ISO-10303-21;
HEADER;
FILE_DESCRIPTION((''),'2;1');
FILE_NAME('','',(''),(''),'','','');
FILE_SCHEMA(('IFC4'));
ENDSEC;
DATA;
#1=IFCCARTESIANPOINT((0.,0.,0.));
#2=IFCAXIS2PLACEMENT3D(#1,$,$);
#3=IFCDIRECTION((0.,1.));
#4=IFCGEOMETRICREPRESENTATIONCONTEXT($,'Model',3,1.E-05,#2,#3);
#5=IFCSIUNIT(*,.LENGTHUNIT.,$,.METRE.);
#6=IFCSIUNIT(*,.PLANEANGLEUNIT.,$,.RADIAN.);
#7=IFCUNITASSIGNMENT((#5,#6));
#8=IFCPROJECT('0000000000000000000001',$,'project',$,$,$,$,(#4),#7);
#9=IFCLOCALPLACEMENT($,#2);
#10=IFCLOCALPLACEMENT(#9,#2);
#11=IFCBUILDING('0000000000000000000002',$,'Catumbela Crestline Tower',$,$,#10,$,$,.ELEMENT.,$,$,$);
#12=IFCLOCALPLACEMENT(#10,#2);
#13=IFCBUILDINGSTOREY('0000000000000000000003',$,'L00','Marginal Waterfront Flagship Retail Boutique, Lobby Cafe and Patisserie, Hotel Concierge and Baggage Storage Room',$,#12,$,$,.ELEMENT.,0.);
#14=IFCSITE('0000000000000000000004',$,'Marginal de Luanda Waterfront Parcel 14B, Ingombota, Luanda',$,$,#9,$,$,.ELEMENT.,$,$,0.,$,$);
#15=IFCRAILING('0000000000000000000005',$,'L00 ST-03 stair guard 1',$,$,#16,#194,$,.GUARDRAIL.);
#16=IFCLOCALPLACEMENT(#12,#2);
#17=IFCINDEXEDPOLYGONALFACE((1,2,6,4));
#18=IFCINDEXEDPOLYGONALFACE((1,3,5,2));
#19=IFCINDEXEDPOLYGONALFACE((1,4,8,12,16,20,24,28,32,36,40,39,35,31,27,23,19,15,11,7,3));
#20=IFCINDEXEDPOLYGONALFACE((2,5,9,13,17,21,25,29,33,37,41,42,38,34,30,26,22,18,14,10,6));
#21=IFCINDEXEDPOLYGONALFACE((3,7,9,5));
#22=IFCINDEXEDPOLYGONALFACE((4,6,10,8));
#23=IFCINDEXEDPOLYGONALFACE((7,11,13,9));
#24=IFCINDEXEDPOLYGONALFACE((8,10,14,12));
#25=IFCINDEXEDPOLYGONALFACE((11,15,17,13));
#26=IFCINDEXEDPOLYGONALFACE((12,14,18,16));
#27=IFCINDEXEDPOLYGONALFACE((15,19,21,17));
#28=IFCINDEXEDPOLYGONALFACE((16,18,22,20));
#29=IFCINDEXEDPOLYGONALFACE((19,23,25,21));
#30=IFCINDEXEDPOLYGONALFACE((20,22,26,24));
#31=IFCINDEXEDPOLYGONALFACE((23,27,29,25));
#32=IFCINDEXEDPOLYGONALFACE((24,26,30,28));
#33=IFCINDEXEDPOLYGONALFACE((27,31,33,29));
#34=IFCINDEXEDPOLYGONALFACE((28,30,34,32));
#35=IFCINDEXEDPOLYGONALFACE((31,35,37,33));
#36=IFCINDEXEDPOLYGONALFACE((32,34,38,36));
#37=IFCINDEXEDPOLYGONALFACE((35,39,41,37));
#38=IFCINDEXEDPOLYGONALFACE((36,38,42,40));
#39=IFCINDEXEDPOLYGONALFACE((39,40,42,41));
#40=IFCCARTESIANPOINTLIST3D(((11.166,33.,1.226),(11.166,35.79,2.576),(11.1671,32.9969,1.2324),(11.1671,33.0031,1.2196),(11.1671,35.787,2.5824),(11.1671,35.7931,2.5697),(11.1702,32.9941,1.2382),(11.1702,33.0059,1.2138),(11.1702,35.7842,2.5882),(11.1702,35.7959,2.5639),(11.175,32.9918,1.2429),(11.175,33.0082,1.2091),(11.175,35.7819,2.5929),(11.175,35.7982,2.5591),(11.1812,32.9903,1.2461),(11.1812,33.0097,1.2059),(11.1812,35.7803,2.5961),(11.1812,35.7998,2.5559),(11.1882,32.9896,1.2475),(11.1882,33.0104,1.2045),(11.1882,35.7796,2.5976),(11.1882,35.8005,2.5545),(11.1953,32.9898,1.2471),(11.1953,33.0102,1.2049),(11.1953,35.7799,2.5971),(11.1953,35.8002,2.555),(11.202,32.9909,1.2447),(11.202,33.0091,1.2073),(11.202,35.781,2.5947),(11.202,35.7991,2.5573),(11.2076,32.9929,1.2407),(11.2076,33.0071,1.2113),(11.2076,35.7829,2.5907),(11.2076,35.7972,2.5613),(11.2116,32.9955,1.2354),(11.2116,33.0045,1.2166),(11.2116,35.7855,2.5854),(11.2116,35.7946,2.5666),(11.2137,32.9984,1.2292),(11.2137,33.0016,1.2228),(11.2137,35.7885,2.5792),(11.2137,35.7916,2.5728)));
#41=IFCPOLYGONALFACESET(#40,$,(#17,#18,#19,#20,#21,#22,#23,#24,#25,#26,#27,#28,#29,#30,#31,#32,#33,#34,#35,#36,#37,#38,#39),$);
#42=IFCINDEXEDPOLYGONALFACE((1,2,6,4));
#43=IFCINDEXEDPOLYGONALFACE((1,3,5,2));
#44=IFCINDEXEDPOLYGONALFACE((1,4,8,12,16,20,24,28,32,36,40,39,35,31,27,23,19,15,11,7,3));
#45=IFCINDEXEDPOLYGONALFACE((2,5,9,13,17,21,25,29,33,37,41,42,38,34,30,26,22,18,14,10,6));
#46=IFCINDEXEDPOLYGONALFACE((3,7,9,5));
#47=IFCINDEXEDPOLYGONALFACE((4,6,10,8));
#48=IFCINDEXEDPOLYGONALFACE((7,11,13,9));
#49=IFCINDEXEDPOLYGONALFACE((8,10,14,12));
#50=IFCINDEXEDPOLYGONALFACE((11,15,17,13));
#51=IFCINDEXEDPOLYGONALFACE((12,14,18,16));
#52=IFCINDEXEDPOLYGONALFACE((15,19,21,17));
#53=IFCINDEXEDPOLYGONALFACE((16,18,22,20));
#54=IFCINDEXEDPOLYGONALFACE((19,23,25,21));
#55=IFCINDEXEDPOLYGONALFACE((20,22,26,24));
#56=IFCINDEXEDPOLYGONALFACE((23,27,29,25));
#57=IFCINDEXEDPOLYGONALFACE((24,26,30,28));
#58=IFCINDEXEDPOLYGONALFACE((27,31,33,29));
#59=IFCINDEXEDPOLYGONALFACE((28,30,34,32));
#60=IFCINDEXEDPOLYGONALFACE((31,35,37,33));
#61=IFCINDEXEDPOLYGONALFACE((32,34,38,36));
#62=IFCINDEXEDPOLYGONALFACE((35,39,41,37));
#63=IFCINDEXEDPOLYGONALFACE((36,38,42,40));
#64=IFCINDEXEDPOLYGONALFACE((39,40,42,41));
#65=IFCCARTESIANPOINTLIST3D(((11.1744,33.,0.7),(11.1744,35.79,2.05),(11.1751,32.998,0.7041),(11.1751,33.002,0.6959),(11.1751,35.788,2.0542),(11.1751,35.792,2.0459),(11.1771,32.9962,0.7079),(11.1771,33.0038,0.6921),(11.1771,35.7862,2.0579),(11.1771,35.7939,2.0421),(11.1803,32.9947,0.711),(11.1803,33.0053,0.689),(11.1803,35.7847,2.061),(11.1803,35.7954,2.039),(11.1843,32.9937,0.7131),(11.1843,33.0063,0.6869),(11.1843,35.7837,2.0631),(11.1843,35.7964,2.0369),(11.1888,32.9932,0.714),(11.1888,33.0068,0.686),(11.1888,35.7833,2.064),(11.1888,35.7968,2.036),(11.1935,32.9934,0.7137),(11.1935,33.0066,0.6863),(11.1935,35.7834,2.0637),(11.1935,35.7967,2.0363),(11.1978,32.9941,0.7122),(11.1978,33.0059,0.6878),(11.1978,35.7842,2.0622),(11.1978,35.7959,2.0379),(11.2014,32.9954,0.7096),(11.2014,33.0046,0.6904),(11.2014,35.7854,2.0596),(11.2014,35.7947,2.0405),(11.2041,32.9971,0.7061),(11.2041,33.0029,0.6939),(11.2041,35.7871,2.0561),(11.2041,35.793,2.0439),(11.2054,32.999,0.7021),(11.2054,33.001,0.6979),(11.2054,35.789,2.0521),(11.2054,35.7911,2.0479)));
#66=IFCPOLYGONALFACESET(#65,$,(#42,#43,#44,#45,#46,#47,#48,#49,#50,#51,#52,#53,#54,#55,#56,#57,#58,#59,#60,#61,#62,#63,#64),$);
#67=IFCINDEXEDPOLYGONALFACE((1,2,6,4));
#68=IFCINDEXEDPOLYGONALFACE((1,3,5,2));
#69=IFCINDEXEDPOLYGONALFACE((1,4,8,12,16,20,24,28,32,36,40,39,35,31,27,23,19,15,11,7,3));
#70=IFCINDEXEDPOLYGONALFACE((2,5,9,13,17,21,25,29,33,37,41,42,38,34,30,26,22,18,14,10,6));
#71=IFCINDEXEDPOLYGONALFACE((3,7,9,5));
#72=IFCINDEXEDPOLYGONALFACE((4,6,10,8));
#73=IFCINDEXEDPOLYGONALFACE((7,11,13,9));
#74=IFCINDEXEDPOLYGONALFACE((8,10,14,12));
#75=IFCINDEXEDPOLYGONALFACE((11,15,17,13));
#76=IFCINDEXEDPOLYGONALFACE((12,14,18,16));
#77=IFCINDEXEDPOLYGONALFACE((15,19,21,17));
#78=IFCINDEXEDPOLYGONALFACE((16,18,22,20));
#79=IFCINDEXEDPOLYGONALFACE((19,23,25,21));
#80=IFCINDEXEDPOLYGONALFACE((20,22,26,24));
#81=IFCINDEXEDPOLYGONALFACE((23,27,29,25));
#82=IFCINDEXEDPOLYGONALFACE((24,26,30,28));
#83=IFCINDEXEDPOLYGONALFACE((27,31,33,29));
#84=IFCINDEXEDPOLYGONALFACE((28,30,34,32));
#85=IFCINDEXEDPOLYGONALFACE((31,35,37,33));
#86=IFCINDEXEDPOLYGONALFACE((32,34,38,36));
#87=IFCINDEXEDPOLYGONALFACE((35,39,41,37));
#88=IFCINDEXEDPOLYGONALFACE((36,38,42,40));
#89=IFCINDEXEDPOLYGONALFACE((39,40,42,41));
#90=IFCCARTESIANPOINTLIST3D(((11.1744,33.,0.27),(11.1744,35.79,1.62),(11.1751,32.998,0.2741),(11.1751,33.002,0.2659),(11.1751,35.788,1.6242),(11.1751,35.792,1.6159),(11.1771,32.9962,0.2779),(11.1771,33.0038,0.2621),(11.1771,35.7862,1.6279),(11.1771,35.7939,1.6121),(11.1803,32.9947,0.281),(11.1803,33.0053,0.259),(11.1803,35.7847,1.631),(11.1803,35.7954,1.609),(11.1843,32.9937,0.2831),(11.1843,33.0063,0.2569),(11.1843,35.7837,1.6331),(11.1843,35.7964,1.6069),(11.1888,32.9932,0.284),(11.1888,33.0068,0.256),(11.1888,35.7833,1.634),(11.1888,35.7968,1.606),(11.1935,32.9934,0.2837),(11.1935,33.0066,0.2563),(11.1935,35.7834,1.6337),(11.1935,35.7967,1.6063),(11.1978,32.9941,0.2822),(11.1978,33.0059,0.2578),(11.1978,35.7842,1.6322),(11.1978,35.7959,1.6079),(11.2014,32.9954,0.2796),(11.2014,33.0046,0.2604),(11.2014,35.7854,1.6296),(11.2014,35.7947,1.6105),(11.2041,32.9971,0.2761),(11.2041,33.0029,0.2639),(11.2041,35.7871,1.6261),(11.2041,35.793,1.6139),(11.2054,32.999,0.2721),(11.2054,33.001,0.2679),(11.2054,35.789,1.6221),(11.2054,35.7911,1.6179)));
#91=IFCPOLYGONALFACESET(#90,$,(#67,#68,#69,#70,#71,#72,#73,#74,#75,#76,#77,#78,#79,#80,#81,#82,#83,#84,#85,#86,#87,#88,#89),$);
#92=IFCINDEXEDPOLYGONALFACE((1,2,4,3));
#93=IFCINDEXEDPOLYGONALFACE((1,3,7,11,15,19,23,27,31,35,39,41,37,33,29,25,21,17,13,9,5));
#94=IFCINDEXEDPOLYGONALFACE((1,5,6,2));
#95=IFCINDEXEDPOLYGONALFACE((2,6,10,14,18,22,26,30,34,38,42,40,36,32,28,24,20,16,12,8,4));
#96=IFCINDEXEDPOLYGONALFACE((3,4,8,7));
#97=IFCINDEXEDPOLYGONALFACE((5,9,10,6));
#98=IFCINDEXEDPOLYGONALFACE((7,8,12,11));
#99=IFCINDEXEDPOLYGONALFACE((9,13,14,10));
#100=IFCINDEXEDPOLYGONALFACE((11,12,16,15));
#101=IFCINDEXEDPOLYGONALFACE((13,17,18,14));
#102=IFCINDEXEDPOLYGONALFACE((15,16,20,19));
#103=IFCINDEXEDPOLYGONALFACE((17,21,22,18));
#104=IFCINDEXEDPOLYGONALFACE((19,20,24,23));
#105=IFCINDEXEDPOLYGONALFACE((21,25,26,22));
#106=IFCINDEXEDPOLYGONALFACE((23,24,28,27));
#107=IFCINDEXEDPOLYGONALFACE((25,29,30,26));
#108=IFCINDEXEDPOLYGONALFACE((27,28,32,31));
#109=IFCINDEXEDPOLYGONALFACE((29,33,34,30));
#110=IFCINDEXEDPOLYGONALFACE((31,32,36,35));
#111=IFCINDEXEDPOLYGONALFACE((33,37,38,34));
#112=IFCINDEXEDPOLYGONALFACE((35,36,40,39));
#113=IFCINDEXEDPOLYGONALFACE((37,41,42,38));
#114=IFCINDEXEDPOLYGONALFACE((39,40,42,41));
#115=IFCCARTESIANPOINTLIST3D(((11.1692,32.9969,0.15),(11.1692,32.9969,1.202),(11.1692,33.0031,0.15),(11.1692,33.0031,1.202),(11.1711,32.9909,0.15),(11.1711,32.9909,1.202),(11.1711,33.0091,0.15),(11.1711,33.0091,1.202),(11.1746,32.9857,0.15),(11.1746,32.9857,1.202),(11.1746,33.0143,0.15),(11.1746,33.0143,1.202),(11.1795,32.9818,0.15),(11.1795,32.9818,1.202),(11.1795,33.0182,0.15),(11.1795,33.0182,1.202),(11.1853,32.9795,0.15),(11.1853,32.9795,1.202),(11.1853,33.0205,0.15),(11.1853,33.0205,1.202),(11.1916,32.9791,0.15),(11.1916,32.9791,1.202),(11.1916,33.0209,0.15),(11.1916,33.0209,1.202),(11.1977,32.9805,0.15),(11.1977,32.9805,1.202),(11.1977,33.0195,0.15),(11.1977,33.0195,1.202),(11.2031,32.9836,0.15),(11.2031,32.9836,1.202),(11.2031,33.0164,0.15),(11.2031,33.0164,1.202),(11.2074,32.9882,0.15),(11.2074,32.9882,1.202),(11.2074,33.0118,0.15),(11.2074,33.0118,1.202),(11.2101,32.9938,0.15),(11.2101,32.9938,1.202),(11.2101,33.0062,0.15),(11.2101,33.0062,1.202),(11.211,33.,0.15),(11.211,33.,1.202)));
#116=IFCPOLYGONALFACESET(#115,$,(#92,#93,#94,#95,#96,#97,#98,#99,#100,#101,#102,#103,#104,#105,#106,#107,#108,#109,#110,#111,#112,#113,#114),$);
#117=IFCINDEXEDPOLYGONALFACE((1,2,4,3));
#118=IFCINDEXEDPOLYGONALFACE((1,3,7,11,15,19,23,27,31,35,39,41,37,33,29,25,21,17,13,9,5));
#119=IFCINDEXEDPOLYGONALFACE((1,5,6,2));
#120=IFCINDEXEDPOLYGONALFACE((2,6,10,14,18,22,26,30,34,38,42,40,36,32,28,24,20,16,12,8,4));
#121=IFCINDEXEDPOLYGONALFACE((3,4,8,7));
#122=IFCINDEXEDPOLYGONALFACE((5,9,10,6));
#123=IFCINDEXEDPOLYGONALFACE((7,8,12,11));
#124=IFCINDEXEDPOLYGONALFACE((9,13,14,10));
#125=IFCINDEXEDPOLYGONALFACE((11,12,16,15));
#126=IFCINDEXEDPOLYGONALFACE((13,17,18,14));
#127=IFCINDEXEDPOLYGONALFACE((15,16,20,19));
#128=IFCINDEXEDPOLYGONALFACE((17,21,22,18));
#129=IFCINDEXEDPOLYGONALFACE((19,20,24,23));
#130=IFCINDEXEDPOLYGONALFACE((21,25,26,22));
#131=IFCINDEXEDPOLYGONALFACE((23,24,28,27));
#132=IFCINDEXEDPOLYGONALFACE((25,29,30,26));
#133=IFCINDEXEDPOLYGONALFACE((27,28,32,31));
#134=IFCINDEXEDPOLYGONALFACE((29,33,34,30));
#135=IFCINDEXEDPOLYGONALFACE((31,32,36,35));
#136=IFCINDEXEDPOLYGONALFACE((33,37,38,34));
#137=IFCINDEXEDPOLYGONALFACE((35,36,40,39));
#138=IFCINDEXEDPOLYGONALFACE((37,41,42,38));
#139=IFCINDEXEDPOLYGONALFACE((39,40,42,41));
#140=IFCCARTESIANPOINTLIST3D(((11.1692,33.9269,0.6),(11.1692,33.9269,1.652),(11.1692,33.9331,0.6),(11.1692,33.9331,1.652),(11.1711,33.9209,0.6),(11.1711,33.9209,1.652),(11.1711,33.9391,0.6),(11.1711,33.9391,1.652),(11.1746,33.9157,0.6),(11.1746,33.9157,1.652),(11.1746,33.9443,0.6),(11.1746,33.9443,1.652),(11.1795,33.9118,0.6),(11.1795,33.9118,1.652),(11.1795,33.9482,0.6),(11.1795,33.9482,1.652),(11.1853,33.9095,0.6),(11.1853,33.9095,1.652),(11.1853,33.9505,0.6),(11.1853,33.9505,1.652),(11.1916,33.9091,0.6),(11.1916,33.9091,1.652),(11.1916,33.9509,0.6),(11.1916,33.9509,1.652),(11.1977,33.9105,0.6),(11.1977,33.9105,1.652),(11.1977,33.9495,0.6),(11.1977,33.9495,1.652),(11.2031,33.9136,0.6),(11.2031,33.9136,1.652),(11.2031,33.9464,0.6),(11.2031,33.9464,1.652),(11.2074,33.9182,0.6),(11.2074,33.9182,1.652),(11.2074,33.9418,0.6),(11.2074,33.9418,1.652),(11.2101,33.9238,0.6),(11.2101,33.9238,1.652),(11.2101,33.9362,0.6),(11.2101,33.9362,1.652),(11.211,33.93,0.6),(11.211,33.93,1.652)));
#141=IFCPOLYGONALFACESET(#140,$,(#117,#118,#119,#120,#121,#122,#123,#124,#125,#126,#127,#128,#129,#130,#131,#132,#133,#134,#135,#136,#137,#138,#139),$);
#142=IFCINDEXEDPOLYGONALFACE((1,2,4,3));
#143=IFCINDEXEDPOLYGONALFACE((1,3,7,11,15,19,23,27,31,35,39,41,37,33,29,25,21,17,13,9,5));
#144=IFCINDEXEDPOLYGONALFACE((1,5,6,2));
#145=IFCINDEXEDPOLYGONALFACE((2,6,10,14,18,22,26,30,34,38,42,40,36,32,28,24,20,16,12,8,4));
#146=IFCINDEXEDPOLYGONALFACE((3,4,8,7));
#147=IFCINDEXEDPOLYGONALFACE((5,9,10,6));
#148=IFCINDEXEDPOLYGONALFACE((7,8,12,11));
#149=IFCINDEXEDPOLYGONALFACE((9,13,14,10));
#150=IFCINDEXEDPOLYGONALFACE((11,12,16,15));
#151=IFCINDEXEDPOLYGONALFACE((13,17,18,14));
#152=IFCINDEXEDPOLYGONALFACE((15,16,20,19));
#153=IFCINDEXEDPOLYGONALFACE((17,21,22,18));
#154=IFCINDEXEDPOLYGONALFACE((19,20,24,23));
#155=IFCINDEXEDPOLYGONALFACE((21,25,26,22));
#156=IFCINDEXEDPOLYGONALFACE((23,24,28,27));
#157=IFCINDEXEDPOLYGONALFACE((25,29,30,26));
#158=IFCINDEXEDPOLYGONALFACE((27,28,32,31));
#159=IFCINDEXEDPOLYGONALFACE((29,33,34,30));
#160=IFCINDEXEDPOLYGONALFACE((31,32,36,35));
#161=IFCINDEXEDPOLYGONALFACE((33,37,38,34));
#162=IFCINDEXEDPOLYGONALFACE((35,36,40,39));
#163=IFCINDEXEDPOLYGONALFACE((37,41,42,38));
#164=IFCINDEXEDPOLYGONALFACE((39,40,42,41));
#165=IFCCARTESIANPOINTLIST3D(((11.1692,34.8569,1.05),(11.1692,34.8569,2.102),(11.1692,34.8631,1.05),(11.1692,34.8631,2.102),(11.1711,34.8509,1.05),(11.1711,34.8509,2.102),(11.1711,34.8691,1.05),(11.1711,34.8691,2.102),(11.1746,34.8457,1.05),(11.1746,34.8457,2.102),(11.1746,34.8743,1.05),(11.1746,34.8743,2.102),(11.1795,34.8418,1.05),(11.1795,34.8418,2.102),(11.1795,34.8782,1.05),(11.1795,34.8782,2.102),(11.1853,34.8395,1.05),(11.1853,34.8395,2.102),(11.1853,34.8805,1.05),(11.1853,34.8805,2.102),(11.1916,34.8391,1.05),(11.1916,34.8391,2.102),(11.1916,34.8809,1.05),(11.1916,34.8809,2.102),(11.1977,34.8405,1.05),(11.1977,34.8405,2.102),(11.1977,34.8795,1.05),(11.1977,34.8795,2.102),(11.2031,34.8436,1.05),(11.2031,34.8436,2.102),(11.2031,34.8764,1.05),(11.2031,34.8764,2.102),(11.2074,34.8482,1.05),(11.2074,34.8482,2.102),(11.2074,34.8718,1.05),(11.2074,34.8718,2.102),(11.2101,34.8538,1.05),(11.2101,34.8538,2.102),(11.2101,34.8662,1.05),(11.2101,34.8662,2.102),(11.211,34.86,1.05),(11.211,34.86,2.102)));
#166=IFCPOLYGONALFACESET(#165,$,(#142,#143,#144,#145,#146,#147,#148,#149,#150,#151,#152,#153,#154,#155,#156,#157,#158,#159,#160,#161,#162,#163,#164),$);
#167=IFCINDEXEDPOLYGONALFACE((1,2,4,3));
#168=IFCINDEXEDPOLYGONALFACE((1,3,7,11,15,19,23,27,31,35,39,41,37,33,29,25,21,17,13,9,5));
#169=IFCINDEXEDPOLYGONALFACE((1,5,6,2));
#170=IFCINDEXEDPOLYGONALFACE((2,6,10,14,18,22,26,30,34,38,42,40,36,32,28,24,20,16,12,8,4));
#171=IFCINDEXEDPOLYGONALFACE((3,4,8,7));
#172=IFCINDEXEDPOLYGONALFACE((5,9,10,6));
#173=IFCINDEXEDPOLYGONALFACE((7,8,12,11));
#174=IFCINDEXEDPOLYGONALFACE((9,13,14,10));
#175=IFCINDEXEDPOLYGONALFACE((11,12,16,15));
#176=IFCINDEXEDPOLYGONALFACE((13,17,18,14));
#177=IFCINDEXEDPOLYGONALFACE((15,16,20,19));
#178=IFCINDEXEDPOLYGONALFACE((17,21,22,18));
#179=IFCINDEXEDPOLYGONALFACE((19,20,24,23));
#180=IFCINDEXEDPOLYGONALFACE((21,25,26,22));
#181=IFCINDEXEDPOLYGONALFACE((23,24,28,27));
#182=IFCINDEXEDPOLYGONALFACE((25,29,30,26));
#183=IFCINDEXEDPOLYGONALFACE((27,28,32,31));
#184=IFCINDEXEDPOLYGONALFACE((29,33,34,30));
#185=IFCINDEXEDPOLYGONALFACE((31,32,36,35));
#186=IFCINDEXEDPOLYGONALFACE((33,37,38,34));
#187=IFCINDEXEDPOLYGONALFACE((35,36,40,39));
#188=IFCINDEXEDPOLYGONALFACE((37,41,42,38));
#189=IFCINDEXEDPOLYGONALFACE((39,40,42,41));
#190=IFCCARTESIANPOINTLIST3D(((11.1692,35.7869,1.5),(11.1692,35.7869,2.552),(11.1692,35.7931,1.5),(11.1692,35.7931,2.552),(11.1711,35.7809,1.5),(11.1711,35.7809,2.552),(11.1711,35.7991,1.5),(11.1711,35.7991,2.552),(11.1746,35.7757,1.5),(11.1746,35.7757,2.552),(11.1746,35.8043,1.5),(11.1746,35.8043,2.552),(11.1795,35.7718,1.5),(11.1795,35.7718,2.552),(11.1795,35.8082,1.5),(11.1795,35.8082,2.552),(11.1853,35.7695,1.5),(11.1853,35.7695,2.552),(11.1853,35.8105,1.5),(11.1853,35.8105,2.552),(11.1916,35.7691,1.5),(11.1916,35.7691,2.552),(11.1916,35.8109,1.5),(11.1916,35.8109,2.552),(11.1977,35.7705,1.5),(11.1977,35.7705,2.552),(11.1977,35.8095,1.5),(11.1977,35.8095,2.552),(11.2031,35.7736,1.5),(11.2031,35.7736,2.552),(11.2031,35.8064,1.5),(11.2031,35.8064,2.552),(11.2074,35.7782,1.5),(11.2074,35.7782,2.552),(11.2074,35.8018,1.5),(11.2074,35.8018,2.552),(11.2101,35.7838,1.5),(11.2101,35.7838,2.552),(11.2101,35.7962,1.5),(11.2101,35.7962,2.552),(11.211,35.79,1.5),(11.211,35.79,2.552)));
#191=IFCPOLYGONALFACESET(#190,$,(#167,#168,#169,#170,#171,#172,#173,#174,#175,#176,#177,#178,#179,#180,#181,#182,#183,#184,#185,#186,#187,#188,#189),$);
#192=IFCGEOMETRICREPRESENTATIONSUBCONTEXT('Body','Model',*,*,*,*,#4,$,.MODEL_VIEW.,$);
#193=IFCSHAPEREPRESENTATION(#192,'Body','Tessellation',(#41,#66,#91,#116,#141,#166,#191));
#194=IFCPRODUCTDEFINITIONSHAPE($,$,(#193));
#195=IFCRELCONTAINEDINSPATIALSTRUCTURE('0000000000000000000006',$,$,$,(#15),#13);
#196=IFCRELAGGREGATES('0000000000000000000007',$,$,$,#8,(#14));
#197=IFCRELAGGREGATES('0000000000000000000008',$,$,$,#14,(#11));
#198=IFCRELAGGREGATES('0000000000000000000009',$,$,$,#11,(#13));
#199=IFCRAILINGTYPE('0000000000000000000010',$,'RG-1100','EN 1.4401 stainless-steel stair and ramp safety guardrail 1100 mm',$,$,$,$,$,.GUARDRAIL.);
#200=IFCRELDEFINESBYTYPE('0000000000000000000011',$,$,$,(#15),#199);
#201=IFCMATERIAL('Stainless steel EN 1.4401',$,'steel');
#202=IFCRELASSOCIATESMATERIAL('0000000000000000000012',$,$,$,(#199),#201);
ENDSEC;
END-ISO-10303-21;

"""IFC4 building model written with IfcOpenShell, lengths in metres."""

from ifc_helpers import new_model, si_unit, direction, frame, origin, origin_2d, place, context, subcontext, project, spatial, circle, extrude, material, type_object, element, save


model = new_model("IFC4")

# Units and contexts
model_context = context("Model", 3, precision=1e-05, world=origin(), true_north=direction((0.0, 1.0)))
body_context = subcontext(model_context, "Body", "Model", "MODEL_VIEW")
ifc_project = project(units=[si_unit("LENGTHUNIT", "METRE"), si_unit("PLANEANGLEUNIT", "RADIAN")], contexts=[model_context])

# Site, building, storey
site_placement = place(None, origin())
site = spatial("IfcSite", under=ifc_project, at=site_placement, Name="Marginal de Luanda Waterfront Parcel 14B, Ingombota, Luanda", CompositionType="ELEMENT", RefElevation=0.0)
building_placement = place(site_placement, origin())
building = spatial("IfcBuilding", under=site, at=building_placement, Name="Catumbela Crestline Tower", CompositionType="ELEMENT")
storey_placement = place(building_placement, origin())
storey = spatial("IfcBuildingStorey", under=building, at=storey_placement, Name="L00", Description="Marginal Waterfront Flagship Retail Boutique, Lobby Cafe and Patisserie, Hotel Concierge and Baggage Storage Room", CompositionType="ELEMENT", Elevation=0.0)

# Shared definitions
ifc_material_1 = material(Name="Stainless steel EN 1.4401", Category="steel")

# Railing
railing_type_1 = type_object("IfcRailingType", Name="RG-1100", Description="EN 1.4401 stainless-steel stair and ramp safety guardrail 1100 mm", PredefinedType="GUARDRAIL", material=ifc_material_1)
for number, where, name in (
    (1, (11.19, 33.0, 0.15), "L00 ST-03 stair guard 1"),
):
    element("IfcRailing", number, at=place(storey_placement, frame(where)), inside=storey, type_object=railing_type_1, Name=name, PredefinedType="GUARDRAIL", context=body_context, shape_type="SweptSolid", body=[
        extrude(circle(Radius=0.024, at=origin_2d()), frame((0.0, 0.0, 1.076), z_axis=(0.0, 0.900159, 0.435561), x_axis=(-1.0, 0.0, 0.0)), (0.0, 0.0, 1.0), 3.0995),
        extrude(circle(Radius=0.0156, at=origin_2d()), frame((0.0, 0.0, 0.55), z_axis=(0.0, 0.900159, 0.435561), x_axis=(-1.0, 0.0, 0.0)), (0.0, 0.0, 1.0), 3.0995),
        extrude(circle(Radius=0.0156, at=origin_2d()), frame((0.0, 0.0, 0.12), z_axis=(0.0, 0.900159, 0.435561), x_axis=(-1.0, 0.0, 0.0)), (0.0, 0.0, 1.0), 3.0995),
        extrude(circle(Radius=0.021, at=origin_2d()), origin(), (0.0, 0.0, 1.0), 1.052),
        extrude(circle(Radius=0.021, at=origin_2d()), frame((0.0, 0.93, 0.45)), (0.0, 0.0, 1.0), 1.052),
        extrude(circle(Radius=0.021, at=origin_2d()), frame((0.0, 1.86, 0.9)), (0.0, 0.0, 1.0), 1.052),
        extrude(circle(Radius=0.021, at=origin_2d()), frame((0.0, 2.79, 1.35)), (0.0, 0.0, 1.0), 1.052),
    ])

save(model, "model.ifc")
